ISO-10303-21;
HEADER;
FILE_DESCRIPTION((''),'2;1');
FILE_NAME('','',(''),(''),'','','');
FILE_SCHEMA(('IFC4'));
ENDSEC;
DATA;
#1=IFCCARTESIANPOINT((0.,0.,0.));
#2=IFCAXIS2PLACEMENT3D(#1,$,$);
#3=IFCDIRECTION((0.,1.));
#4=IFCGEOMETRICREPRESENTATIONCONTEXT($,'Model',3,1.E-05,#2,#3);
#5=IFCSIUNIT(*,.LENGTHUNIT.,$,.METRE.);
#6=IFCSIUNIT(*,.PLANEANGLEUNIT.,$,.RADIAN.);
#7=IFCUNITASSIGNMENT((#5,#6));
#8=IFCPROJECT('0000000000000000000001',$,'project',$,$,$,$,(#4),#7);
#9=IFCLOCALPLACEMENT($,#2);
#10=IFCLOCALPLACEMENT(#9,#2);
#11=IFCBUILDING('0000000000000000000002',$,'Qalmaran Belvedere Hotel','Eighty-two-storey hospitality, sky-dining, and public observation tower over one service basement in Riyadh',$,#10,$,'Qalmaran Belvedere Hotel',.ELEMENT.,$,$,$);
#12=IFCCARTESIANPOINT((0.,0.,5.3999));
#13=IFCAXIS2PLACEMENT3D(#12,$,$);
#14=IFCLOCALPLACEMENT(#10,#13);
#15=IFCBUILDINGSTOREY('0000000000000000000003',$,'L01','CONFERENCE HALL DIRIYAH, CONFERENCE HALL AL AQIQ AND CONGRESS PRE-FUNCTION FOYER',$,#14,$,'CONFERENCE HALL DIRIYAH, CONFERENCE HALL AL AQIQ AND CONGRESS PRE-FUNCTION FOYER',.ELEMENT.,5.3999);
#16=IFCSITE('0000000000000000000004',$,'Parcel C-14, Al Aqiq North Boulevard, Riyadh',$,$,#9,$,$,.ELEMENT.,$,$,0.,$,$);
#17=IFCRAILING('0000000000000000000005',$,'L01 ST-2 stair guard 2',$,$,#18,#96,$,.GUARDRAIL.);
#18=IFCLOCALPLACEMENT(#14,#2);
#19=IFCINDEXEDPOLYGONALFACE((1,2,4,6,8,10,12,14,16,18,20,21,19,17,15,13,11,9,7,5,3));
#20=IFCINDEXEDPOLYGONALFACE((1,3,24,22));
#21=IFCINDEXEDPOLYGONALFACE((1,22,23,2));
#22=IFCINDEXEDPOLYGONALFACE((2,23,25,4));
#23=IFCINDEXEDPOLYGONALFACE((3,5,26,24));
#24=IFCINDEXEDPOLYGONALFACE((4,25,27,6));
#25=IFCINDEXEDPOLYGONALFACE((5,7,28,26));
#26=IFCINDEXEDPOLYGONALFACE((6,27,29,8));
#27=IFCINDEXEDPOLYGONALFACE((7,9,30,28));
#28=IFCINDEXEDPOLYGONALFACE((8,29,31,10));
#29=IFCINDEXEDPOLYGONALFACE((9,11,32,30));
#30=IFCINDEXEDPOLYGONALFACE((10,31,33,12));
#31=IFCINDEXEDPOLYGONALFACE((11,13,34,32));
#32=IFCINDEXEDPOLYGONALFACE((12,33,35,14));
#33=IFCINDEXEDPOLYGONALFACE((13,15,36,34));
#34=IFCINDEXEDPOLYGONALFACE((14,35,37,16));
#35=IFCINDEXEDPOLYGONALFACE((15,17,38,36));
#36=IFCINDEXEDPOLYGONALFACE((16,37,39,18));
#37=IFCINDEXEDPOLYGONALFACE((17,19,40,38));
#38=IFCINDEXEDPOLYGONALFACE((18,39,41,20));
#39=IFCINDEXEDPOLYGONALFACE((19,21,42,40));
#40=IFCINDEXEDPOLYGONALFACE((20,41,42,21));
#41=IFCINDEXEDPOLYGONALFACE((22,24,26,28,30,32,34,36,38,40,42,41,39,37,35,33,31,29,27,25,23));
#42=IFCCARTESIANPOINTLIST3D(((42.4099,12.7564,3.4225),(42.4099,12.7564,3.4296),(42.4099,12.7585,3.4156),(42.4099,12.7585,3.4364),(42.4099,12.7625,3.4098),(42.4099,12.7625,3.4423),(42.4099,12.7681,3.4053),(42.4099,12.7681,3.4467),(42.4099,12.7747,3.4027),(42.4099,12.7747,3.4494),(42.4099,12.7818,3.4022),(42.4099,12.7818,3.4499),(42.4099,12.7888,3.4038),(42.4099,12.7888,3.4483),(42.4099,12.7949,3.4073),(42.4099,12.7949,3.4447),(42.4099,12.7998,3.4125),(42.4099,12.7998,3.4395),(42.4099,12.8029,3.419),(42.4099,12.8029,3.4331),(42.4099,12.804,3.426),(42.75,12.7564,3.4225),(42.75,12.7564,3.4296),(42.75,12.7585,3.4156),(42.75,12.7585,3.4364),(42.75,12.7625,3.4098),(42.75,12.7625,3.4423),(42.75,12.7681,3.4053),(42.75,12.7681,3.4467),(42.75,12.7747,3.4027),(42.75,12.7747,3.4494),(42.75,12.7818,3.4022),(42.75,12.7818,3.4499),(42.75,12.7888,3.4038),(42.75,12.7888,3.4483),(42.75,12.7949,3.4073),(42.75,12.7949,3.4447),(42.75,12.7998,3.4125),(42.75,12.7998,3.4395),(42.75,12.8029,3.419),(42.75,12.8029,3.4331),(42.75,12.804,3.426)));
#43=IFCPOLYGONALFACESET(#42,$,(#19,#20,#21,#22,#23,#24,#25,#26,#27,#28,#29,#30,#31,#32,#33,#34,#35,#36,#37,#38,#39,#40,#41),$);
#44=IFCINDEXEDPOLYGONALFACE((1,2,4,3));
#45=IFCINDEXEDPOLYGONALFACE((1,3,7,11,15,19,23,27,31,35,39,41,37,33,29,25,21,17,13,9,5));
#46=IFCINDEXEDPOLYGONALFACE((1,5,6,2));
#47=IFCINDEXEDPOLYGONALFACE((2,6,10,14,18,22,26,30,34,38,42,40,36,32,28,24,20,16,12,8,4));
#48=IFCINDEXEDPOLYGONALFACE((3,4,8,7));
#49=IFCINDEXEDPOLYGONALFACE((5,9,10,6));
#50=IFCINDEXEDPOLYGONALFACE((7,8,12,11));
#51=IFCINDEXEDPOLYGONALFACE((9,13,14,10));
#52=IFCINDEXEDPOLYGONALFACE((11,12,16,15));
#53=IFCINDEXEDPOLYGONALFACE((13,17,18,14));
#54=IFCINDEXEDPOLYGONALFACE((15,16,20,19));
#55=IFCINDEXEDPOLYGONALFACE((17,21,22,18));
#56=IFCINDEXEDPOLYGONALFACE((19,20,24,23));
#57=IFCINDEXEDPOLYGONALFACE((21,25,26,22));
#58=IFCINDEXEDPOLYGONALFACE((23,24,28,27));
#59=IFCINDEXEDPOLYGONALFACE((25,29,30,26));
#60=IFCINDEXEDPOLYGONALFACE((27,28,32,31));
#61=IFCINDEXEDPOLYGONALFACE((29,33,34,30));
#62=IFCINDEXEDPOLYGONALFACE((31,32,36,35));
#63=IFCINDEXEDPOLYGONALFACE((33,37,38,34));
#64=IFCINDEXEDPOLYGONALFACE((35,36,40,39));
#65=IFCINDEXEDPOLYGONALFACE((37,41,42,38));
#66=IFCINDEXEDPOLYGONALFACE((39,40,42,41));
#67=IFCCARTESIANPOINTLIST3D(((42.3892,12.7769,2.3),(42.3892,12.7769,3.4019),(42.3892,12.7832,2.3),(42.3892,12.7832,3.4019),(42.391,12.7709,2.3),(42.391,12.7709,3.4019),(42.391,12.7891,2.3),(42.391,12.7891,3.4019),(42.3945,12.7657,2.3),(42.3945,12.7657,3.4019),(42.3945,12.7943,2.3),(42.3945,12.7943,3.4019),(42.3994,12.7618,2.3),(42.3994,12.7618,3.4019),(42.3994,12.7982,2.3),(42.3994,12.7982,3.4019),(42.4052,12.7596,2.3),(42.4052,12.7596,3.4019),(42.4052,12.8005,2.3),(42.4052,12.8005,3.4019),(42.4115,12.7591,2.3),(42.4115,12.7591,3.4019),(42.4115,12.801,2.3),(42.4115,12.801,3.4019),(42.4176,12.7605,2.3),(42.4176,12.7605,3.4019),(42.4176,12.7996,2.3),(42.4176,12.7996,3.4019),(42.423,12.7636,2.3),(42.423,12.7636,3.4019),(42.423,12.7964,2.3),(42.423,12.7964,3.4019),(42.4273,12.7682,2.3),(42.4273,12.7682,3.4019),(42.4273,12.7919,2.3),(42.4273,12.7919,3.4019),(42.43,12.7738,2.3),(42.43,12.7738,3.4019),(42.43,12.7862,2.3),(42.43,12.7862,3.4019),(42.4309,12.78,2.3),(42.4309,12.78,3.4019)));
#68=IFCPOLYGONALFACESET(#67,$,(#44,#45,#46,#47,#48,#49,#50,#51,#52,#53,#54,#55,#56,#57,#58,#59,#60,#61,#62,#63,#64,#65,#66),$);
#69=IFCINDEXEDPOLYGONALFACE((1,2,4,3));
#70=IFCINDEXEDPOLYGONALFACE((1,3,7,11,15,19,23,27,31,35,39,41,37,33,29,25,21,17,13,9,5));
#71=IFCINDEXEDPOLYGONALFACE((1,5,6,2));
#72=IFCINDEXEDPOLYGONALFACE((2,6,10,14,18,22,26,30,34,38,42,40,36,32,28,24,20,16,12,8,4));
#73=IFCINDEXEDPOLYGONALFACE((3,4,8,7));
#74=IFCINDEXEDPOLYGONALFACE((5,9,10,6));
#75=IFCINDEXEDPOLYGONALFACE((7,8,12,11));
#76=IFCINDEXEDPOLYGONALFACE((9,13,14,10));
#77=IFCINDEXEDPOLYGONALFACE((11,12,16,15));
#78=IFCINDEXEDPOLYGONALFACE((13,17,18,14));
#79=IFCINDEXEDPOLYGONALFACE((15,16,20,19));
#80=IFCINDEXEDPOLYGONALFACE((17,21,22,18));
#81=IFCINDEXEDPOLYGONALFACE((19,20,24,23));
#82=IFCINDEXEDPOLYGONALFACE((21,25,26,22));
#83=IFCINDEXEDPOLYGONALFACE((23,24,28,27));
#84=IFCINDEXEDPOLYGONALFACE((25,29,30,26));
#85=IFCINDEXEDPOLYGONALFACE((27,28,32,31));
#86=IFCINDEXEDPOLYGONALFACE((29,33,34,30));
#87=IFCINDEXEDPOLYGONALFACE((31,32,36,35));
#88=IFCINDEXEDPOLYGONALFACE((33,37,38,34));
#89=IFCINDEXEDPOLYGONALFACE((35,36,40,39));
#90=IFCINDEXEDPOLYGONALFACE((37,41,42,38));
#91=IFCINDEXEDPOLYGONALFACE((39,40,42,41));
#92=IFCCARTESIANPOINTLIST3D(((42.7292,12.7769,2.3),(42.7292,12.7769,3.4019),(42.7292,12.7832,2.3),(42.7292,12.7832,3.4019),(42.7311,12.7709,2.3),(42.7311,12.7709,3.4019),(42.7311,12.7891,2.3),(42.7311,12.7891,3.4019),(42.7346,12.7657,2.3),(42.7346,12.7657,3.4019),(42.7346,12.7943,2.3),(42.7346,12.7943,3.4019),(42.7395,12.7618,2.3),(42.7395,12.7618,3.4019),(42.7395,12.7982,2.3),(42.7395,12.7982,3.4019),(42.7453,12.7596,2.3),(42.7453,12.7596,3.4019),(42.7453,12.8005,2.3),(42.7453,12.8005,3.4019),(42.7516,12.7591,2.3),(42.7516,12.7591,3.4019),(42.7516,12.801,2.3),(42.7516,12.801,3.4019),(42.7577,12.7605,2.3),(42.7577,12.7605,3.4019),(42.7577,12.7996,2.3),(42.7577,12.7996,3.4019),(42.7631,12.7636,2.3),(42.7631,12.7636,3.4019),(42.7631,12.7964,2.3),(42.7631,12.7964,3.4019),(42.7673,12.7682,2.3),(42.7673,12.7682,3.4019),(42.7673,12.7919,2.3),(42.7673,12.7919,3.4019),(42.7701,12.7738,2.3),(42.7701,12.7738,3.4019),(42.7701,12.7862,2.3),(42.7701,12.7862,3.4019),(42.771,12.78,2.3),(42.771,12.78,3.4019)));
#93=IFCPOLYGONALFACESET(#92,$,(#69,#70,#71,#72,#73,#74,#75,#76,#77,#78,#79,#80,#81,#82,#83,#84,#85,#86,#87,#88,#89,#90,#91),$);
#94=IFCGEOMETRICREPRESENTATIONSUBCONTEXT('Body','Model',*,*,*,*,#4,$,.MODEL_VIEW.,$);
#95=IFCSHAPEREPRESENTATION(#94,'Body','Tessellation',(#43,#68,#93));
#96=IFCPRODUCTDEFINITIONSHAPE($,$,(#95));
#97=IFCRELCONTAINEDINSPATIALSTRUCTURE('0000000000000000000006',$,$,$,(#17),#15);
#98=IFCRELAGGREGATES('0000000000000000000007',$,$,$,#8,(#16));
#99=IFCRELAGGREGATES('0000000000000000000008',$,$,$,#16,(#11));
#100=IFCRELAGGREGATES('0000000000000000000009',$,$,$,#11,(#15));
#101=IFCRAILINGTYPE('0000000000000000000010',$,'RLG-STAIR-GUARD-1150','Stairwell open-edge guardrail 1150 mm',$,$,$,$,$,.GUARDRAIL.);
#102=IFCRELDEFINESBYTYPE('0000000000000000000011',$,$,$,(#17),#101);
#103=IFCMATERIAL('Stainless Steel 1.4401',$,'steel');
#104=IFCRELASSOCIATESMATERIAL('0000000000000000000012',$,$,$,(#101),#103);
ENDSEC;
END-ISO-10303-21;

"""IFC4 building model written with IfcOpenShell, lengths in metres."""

from ifc_helpers import new_model, si_unit, direction, frame, origin, origin_2d, place, context, subcontext, project, spatial, circle, extrude, material, type_object, element, save


model = new_model("IFC4")

# Units and contexts
model_context = context("Model", 3, precision=1e-05, world=origin(), true_north=direction((0.0, 1.0)))
body_context = subcontext(model_context, "Body", "Model", "MODEL_VIEW")
ifc_project = project(units=[si_unit("LENGTHUNIT", "METRE"), si_unit("PLANEANGLEUNIT", "RADIAN")], contexts=[model_context])

# Site, building, storey
site_placement = place(None, origin())
site = spatial("IfcSite", under=ifc_project, at=site_placement, Name="Parcel C-14, Al Aqiq North Boulevard, Riyadh", CompositionType="ELEMENT", RefElevation=0.0)
building_placement = place(site_placement, origin())
building = spatial("IfcBuilding", under=site, at=building_placement, Name="Qalmaran Belvedere Hotel", Description="Eighty-two-storey hospitality, sky-dining, and public observation tower over one service basement in Riyadh", LongName="Qalmaran Belvedere Hotel", CompositionType="ELEMENT")
storey_placement = place(building_placement, frame((0.0, 0.0, 5.3999)))
storey = spatial("IfcBuildingStorey", under=building, at=storey_placement, Name="L01", Description="CONFERENCE HALL DIRIYAH, CONFERENCE HALL AL AQIQ AND CONGRESS PRE-FUNCTION FOYER", LongName="CONFERENCE HALL DIRIYAH, CONFERENCE HALL AL AQIQ AND CONGRESS PRE-FUNCTION FOYER", CompositionType="ELEMENT", Elevation=5.3999)

# Shared definitions
ifc_material_1 = material(Name="Stainless Steel 1.4401", Category="steel")

# Railing
railing_type_1 = type_object("IfcRailingType", Name="RLG-STAIR-GUARD-1150", Description="Stairwell open-edge guardrail 1150 mm", PredefinedType="GUARDRAIL", material=ifc_material_1)
railing_1_placement = place(storey_placement, frame((42.4099, 12.78, 2.3)))
element("IfcRailing", 1, at=railing_1_placement, inside=storey, type_object=railing_type_1, Name="L01 ST-2 stair guard 2", PredefinedType="GUARDRAIL", context=body_context, shape_type="SweptSolid", body=[
    extrude(circle(Radius=0.0239, at=origin_2d()), frame((0.0, 0.0, 1.126), z_axis=(1.0, 0.0, 0.0), x_axis=(0.0, 1.0, 0.0)), (0.0, 0.0, 1.0), 0.3401),
    extrude(circle(Radius=0.021, at=origin_2d()), origin(), (0.0, 0.0, 1.0), 1.1018),
    extrude(circle(Radius=0.021, at=origin_2d()), frame((0.3401, 0.0, 0.0)), (0.0, 0.0, 1.0), 1.1018),
])

save(model, "model.ifc")
